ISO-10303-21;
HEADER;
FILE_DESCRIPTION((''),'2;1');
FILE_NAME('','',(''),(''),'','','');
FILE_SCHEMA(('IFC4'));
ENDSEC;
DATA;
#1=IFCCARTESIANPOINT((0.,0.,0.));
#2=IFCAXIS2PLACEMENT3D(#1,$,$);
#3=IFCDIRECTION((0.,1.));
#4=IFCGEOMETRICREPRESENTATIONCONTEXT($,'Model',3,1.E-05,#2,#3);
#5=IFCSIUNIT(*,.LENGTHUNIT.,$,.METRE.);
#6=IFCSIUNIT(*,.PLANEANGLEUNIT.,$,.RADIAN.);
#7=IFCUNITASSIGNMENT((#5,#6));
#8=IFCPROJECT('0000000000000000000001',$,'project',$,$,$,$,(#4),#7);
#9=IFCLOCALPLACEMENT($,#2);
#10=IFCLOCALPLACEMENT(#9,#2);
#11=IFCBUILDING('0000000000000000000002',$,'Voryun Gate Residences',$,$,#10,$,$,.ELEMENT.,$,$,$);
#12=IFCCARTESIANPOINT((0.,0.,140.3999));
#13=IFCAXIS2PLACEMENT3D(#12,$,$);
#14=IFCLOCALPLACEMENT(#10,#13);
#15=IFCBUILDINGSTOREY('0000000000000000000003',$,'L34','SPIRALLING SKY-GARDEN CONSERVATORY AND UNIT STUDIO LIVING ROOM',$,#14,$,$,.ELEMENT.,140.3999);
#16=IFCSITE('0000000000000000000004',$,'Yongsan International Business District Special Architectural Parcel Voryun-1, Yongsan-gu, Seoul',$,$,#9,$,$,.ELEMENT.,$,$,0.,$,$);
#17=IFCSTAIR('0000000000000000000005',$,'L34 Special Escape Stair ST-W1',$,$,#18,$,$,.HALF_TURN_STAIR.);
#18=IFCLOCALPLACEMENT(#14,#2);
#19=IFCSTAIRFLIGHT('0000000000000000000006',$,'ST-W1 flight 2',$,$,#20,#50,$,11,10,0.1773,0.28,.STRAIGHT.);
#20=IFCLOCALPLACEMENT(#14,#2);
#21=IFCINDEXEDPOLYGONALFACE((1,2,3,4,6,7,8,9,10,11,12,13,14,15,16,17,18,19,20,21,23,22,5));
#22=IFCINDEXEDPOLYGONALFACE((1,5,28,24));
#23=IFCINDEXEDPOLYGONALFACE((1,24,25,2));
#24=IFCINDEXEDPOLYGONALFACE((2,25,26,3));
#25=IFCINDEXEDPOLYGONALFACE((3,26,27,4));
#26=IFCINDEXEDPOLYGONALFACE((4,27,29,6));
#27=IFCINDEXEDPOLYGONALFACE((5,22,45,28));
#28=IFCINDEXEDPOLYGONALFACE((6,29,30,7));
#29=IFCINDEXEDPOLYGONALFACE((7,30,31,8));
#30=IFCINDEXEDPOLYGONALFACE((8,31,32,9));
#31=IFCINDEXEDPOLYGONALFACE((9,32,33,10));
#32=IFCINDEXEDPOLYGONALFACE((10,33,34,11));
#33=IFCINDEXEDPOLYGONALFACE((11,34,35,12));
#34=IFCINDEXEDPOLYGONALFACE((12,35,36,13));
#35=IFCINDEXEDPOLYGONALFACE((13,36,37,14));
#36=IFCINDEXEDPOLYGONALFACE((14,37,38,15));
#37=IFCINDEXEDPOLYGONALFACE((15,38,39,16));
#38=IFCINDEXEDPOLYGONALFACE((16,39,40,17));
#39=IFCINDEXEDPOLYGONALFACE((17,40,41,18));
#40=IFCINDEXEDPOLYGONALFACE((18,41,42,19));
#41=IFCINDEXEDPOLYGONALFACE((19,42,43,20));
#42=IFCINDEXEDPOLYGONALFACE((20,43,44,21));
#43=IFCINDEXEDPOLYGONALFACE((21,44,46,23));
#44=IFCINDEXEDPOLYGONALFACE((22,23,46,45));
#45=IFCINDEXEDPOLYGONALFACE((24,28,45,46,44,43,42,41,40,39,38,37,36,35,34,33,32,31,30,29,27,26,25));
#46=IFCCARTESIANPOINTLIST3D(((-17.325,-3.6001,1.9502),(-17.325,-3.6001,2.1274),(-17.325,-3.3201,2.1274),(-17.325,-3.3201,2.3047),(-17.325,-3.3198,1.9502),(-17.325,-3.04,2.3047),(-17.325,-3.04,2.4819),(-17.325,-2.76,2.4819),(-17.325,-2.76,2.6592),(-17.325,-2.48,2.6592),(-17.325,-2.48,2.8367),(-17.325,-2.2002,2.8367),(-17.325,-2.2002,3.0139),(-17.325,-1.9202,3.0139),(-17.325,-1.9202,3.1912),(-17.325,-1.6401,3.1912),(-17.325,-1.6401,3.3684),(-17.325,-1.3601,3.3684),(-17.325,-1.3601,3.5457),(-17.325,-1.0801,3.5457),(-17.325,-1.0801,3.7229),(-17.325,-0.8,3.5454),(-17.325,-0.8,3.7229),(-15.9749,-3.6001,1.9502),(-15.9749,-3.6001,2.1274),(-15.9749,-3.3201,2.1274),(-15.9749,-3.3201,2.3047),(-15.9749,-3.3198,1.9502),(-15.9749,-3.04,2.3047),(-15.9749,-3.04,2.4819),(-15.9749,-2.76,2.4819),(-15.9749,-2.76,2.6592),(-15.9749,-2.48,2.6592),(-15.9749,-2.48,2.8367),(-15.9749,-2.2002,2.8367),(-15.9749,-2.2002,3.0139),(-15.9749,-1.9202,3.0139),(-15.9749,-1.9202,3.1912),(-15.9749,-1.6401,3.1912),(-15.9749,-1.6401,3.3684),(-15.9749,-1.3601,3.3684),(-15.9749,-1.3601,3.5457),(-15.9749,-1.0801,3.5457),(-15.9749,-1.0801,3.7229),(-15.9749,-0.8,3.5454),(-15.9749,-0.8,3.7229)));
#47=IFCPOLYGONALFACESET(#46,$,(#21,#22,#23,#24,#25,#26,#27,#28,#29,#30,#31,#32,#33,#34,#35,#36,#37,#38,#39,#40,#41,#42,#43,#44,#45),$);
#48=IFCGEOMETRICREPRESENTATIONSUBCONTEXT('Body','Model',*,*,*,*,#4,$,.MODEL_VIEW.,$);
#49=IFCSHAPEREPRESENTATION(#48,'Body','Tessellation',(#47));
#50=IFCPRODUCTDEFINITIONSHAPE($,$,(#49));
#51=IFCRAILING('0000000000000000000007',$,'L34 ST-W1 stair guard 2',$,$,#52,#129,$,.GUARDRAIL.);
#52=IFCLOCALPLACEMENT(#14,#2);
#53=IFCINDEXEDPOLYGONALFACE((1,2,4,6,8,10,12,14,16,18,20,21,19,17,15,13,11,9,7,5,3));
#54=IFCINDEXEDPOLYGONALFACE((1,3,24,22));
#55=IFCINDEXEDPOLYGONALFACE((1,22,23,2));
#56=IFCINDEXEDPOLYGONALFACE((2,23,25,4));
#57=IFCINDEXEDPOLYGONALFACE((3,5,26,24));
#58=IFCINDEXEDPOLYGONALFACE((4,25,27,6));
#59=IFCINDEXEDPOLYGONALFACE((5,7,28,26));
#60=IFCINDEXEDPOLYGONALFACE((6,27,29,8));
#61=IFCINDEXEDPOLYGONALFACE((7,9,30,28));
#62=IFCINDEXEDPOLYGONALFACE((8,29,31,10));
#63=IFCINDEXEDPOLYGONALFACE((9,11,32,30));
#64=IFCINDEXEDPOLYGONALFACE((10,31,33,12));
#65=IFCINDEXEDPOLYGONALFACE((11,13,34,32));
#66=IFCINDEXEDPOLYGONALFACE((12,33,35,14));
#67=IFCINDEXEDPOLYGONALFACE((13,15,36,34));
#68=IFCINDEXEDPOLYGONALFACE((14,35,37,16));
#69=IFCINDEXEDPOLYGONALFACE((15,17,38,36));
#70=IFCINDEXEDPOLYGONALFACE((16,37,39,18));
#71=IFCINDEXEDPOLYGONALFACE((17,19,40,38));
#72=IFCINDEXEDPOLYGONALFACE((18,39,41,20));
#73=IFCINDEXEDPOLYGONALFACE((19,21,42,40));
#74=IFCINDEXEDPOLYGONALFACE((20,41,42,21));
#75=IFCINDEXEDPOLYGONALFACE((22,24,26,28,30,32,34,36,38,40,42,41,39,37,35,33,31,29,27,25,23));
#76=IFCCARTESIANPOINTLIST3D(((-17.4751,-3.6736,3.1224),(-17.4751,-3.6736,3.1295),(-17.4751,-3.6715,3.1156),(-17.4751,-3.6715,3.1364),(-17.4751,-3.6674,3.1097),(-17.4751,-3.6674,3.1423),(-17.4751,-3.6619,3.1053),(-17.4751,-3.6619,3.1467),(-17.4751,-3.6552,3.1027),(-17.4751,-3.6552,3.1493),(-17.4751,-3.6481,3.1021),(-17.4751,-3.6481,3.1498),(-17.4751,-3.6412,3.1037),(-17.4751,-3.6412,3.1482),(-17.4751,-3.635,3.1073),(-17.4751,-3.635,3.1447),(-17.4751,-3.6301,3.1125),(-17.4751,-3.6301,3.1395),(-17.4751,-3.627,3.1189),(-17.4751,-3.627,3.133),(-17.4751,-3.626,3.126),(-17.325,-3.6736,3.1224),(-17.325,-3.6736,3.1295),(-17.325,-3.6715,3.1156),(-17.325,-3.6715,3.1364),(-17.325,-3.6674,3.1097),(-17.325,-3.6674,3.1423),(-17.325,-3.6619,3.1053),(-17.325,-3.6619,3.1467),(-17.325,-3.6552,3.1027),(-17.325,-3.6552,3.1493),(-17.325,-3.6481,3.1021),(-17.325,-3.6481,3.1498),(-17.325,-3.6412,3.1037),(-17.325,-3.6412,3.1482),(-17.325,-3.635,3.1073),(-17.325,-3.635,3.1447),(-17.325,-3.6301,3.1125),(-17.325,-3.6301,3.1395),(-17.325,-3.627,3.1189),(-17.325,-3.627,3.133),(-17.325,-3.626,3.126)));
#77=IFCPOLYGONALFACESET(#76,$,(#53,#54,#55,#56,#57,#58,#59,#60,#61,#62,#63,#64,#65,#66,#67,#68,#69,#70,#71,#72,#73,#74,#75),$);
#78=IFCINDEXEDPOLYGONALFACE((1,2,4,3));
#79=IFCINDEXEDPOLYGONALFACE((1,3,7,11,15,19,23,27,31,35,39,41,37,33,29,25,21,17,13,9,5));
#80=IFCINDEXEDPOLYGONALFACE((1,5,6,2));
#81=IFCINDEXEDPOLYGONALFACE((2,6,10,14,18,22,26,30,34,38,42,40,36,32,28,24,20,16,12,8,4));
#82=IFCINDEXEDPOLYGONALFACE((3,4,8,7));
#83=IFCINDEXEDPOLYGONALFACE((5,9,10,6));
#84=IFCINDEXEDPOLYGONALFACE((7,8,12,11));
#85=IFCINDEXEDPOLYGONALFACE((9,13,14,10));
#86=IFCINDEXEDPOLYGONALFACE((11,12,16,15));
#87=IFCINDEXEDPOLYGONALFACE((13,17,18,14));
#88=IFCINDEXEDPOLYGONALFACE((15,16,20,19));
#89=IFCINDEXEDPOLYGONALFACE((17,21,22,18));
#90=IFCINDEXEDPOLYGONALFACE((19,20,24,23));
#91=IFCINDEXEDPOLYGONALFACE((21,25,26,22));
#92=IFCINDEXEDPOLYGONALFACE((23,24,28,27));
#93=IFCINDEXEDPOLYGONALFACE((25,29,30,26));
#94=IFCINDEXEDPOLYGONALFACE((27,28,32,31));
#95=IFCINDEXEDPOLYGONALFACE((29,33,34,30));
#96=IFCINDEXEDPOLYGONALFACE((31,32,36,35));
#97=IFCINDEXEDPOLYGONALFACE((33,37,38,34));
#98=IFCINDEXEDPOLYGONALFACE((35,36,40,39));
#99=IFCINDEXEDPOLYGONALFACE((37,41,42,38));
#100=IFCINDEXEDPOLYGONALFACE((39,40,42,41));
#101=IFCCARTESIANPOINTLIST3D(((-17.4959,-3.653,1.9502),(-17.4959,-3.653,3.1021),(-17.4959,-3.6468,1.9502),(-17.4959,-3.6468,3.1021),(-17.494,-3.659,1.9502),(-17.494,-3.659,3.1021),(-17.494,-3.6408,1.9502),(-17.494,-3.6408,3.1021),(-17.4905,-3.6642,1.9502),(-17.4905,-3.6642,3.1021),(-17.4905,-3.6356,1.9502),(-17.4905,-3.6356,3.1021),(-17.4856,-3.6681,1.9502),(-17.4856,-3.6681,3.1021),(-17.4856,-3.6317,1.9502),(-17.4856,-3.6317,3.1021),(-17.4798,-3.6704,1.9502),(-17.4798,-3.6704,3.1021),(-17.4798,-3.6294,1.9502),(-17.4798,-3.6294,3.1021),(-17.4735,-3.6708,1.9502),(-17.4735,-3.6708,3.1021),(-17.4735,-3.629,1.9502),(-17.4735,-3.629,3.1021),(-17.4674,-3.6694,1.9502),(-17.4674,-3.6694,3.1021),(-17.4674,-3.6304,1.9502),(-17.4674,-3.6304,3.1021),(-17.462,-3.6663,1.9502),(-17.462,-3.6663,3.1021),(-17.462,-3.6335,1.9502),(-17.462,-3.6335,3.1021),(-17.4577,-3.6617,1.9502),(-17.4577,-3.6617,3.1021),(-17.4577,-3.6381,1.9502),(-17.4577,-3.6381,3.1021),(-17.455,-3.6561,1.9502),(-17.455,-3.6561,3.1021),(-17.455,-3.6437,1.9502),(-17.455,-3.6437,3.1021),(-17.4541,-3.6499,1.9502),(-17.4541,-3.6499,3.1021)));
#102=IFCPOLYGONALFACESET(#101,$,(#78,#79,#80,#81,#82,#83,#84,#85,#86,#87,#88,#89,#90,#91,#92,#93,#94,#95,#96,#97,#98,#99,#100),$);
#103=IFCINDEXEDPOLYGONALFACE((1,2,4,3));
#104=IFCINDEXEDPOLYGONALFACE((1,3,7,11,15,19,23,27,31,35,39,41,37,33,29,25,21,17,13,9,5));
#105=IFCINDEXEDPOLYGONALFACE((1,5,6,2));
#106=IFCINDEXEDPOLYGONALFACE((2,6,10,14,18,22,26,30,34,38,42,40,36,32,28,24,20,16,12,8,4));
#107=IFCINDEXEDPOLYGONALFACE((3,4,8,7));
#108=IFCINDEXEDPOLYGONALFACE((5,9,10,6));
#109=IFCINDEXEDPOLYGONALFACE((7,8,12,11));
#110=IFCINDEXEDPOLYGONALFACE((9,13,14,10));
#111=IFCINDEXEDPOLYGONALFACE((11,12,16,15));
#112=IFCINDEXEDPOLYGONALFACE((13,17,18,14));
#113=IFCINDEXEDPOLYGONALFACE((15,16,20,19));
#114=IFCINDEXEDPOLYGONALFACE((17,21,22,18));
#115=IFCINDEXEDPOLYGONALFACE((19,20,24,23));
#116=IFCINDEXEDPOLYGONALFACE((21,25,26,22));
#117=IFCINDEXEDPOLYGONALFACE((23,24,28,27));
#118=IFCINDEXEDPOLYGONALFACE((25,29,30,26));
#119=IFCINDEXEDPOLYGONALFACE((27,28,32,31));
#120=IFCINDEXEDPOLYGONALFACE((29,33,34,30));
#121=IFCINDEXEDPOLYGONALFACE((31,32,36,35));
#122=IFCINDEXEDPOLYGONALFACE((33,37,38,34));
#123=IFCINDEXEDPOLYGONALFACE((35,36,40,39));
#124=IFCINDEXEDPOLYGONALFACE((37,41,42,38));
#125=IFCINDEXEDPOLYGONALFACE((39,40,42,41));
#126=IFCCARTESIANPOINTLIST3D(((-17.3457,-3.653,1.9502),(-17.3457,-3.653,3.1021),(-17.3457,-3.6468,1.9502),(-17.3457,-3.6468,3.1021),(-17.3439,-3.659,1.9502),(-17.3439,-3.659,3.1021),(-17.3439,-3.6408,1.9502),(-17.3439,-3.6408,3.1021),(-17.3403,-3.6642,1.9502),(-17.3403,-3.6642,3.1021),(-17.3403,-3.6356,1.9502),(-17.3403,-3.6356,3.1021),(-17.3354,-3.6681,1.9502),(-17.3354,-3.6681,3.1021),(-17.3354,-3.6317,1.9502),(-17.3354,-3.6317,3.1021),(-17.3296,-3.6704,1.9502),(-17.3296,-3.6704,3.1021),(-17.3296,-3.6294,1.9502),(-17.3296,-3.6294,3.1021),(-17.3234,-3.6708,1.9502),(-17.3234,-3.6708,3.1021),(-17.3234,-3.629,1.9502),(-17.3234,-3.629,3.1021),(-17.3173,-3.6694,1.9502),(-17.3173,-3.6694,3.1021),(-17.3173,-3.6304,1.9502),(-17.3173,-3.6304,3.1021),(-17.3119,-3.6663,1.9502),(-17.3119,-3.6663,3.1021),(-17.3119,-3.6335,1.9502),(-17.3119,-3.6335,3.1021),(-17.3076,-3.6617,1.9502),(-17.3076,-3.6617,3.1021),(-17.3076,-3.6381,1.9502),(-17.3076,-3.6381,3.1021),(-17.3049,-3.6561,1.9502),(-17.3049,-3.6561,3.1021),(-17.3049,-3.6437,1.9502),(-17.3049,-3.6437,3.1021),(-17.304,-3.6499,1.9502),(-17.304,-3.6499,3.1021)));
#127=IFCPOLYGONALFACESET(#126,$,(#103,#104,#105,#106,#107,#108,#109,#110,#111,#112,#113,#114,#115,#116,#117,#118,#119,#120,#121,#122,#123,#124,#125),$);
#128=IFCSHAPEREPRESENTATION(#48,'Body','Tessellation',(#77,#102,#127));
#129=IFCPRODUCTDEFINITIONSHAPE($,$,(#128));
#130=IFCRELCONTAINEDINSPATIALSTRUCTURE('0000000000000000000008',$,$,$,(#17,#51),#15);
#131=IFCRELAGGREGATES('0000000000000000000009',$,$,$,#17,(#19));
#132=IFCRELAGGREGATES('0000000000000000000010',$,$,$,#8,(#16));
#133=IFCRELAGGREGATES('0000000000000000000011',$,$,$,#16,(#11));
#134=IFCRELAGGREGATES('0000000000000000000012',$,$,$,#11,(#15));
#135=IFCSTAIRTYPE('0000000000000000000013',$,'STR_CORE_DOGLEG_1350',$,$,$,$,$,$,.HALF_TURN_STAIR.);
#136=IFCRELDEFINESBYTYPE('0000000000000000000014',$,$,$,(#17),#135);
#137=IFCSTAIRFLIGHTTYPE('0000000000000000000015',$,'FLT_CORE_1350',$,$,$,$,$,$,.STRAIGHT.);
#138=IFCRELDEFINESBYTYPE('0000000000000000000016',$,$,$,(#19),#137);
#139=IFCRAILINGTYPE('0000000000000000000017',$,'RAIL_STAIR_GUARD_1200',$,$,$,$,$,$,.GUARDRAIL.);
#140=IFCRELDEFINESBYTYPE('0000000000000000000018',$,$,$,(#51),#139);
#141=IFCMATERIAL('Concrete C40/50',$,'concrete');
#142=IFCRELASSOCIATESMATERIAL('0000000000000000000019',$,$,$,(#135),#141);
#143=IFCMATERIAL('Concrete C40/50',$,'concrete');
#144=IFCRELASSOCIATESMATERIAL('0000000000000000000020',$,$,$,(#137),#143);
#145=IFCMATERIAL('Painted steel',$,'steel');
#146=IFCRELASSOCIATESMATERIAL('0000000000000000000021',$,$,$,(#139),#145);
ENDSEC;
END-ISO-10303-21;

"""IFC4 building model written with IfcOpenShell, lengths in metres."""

from ifc_helpers import new_model, si_unit, direction, frame, origin, origin_2d, place, context, subcontext, project, spatial, polyline, circle, outline, extrude, material, type_object, element, aggregate, save


model = new_model("IFC4")

# Units and contexts
model_context = context("Model", 3, precision=1e-05, world=origin(), true_north=direction((0.0, 1.0)))
body_context = subcontext(model_context, "Body", "Model", "MODEL_VIEW")
ifc_project = project(units=[si_unit("LENGTHUNIT", "METRE"), si_unit("PLANEANGLEUNIT", "RADIAN")], contexts=[model_context])

# Site, building, storey
site_placement = place(None, origin())
site = spatial("IfcSite", under=ifc_project, at=site_placement, Name="Yongsan International Business District Special Architectural Parcel Voryun-1, Yongsan-gu, Seoul", CompositionType="ELEMENT", RefElevation=0.0)
building_placement = place(site_placement, origin())
building = spatial("IfcBuilding", under=site, at=building_placement, Name="Voryun Gate Residences", CompositionType="ELEMENT")
storey_placement = place(building_placement, frame((0.0, 0.0, 140.3999)))
storey = spatial("IfcBuildingStorey", under=building, at=storey_placement, Name="L34", Description="SPIRALLING SKY-GARDEN CONSERVATORY AND UNIT STUDIO LIVING ROOM", CompositionType="ELEMENT", Elevation=140.3999)

# Stair, stair flight
ifc_material_1 = material(Name="Concrete C40/50", Category="concrete")
stair_type = type_object("IfcStairType", Name="STR_CORE_DOGLEG_1350", PredefinedType="HALF_TURN_STAIR", material=ifc_material_1)
stair_placement = place(storey_placement, origin())
stair = element("IfcStair", 1, at=stair_placement, inside=storey, type_object=stair_type, Name="L34 Special Escape Stair ST-W1", PredefinedType="HALF_TURN_STAIR")
ifc_material_2 = material(Name="Concrete C40/50", Category="concrete")
stair_flight_type = type_object("IfcStairFlightType", Name="FLT_CORE_1350", PredefinedType="STRAIGHT", material=ifc_material_2)
stair_flight_placement = place(storey_placement, frame((-16.6499, -3.6001, 1.9502), z_axis=(0.0, 0.0, 1.0), x_axis=(0.0, 1.0, 0.0)))
stair_flight = element("IfcStairFlight", 2, at=stair_flight_placement, type_object=stair_flight_type, Name="ST-W1 flight 2", NumberOfRisers=11, NumberOfTreads=10, PredefinedType="STRAIGHT", RiserHeight=0.1773, TreadLength=0.28, context=body_context, shape_type="SweptSolid", body=[
    extrude(outline(polyline([(0.0, 0.0), (0.0, 0.1772), (0.28, 0.1772), (0.28, 0.3545), (0.5601, 0.3545), (0.5601, 0.5317), (0.8401, 0.5317), (0.8401, 0.709), (1.1201, 0.709), (1.1201, 0.8865), (1.3999, 0.8865), (1.3999, 1.0637), (1.6799, 1.0637), (1.6799, 1.241), (1.96, 1.241), (1.96, 1.4182), (2.24, 1.4182), (2.24, 1.5955), (2.52, 1.5955), (2.52, 1.7727), (2.8, 1.7727), (2.8, 1.95), (2.8, 1.5952), (0.2803, 0.0), (0.0, 0.0)])), frame((0.0, 0.675, 0.0), z_axis=(0.0, -1.0, 0.0), x_axis=(1.0, 0.0, 0.0)), (0.0, 0.0, 1.0), 1.3501),
])
aggregate(stair, [stair_flight])

# Railing
ifc_material_3 = material(Name="Painted steel", Category="steel")
railing_type_1 = type_object("IfcRailingType", Name="RAIL_STAIR_GUARD_1200", PredefinedType="GUARDRAIL", material=ifc_material_3)
railing_1_placement = place(storey_placement, frame((-17.4751, -3.6499, 1.9502)))
element("IfcRailing", 3, at=railing_1_placement, inside=storey, type_object=railing_type_1, Name="L34 ST-W1 stair guard 2", PredefinedType="GUARDRAIL", context=body_context, shape_type="SweptSolid", body=[
    extrude(circle(Radius=0.0239, at=origin_2d()), frame((0.0, 0.0, 1.1758), z_axis=(1.0, 0.0, 0.0), x_axis=(0.0, 1.0, 0.0)), (0.0, 0.0, 1.0), 0.1501),
    extrude(circle(Radius=0.021, at=origin_2d()), origin(), (0.0, 0.0, 1.0), 1.1519),
    extrude(circle(Radius=0.021, at=origin_2d()), frame((0.1501, 0.0, 0.0)), (0.0, 0.0, 1.0), 1.1519),
])

save(model, "model.ifc")
